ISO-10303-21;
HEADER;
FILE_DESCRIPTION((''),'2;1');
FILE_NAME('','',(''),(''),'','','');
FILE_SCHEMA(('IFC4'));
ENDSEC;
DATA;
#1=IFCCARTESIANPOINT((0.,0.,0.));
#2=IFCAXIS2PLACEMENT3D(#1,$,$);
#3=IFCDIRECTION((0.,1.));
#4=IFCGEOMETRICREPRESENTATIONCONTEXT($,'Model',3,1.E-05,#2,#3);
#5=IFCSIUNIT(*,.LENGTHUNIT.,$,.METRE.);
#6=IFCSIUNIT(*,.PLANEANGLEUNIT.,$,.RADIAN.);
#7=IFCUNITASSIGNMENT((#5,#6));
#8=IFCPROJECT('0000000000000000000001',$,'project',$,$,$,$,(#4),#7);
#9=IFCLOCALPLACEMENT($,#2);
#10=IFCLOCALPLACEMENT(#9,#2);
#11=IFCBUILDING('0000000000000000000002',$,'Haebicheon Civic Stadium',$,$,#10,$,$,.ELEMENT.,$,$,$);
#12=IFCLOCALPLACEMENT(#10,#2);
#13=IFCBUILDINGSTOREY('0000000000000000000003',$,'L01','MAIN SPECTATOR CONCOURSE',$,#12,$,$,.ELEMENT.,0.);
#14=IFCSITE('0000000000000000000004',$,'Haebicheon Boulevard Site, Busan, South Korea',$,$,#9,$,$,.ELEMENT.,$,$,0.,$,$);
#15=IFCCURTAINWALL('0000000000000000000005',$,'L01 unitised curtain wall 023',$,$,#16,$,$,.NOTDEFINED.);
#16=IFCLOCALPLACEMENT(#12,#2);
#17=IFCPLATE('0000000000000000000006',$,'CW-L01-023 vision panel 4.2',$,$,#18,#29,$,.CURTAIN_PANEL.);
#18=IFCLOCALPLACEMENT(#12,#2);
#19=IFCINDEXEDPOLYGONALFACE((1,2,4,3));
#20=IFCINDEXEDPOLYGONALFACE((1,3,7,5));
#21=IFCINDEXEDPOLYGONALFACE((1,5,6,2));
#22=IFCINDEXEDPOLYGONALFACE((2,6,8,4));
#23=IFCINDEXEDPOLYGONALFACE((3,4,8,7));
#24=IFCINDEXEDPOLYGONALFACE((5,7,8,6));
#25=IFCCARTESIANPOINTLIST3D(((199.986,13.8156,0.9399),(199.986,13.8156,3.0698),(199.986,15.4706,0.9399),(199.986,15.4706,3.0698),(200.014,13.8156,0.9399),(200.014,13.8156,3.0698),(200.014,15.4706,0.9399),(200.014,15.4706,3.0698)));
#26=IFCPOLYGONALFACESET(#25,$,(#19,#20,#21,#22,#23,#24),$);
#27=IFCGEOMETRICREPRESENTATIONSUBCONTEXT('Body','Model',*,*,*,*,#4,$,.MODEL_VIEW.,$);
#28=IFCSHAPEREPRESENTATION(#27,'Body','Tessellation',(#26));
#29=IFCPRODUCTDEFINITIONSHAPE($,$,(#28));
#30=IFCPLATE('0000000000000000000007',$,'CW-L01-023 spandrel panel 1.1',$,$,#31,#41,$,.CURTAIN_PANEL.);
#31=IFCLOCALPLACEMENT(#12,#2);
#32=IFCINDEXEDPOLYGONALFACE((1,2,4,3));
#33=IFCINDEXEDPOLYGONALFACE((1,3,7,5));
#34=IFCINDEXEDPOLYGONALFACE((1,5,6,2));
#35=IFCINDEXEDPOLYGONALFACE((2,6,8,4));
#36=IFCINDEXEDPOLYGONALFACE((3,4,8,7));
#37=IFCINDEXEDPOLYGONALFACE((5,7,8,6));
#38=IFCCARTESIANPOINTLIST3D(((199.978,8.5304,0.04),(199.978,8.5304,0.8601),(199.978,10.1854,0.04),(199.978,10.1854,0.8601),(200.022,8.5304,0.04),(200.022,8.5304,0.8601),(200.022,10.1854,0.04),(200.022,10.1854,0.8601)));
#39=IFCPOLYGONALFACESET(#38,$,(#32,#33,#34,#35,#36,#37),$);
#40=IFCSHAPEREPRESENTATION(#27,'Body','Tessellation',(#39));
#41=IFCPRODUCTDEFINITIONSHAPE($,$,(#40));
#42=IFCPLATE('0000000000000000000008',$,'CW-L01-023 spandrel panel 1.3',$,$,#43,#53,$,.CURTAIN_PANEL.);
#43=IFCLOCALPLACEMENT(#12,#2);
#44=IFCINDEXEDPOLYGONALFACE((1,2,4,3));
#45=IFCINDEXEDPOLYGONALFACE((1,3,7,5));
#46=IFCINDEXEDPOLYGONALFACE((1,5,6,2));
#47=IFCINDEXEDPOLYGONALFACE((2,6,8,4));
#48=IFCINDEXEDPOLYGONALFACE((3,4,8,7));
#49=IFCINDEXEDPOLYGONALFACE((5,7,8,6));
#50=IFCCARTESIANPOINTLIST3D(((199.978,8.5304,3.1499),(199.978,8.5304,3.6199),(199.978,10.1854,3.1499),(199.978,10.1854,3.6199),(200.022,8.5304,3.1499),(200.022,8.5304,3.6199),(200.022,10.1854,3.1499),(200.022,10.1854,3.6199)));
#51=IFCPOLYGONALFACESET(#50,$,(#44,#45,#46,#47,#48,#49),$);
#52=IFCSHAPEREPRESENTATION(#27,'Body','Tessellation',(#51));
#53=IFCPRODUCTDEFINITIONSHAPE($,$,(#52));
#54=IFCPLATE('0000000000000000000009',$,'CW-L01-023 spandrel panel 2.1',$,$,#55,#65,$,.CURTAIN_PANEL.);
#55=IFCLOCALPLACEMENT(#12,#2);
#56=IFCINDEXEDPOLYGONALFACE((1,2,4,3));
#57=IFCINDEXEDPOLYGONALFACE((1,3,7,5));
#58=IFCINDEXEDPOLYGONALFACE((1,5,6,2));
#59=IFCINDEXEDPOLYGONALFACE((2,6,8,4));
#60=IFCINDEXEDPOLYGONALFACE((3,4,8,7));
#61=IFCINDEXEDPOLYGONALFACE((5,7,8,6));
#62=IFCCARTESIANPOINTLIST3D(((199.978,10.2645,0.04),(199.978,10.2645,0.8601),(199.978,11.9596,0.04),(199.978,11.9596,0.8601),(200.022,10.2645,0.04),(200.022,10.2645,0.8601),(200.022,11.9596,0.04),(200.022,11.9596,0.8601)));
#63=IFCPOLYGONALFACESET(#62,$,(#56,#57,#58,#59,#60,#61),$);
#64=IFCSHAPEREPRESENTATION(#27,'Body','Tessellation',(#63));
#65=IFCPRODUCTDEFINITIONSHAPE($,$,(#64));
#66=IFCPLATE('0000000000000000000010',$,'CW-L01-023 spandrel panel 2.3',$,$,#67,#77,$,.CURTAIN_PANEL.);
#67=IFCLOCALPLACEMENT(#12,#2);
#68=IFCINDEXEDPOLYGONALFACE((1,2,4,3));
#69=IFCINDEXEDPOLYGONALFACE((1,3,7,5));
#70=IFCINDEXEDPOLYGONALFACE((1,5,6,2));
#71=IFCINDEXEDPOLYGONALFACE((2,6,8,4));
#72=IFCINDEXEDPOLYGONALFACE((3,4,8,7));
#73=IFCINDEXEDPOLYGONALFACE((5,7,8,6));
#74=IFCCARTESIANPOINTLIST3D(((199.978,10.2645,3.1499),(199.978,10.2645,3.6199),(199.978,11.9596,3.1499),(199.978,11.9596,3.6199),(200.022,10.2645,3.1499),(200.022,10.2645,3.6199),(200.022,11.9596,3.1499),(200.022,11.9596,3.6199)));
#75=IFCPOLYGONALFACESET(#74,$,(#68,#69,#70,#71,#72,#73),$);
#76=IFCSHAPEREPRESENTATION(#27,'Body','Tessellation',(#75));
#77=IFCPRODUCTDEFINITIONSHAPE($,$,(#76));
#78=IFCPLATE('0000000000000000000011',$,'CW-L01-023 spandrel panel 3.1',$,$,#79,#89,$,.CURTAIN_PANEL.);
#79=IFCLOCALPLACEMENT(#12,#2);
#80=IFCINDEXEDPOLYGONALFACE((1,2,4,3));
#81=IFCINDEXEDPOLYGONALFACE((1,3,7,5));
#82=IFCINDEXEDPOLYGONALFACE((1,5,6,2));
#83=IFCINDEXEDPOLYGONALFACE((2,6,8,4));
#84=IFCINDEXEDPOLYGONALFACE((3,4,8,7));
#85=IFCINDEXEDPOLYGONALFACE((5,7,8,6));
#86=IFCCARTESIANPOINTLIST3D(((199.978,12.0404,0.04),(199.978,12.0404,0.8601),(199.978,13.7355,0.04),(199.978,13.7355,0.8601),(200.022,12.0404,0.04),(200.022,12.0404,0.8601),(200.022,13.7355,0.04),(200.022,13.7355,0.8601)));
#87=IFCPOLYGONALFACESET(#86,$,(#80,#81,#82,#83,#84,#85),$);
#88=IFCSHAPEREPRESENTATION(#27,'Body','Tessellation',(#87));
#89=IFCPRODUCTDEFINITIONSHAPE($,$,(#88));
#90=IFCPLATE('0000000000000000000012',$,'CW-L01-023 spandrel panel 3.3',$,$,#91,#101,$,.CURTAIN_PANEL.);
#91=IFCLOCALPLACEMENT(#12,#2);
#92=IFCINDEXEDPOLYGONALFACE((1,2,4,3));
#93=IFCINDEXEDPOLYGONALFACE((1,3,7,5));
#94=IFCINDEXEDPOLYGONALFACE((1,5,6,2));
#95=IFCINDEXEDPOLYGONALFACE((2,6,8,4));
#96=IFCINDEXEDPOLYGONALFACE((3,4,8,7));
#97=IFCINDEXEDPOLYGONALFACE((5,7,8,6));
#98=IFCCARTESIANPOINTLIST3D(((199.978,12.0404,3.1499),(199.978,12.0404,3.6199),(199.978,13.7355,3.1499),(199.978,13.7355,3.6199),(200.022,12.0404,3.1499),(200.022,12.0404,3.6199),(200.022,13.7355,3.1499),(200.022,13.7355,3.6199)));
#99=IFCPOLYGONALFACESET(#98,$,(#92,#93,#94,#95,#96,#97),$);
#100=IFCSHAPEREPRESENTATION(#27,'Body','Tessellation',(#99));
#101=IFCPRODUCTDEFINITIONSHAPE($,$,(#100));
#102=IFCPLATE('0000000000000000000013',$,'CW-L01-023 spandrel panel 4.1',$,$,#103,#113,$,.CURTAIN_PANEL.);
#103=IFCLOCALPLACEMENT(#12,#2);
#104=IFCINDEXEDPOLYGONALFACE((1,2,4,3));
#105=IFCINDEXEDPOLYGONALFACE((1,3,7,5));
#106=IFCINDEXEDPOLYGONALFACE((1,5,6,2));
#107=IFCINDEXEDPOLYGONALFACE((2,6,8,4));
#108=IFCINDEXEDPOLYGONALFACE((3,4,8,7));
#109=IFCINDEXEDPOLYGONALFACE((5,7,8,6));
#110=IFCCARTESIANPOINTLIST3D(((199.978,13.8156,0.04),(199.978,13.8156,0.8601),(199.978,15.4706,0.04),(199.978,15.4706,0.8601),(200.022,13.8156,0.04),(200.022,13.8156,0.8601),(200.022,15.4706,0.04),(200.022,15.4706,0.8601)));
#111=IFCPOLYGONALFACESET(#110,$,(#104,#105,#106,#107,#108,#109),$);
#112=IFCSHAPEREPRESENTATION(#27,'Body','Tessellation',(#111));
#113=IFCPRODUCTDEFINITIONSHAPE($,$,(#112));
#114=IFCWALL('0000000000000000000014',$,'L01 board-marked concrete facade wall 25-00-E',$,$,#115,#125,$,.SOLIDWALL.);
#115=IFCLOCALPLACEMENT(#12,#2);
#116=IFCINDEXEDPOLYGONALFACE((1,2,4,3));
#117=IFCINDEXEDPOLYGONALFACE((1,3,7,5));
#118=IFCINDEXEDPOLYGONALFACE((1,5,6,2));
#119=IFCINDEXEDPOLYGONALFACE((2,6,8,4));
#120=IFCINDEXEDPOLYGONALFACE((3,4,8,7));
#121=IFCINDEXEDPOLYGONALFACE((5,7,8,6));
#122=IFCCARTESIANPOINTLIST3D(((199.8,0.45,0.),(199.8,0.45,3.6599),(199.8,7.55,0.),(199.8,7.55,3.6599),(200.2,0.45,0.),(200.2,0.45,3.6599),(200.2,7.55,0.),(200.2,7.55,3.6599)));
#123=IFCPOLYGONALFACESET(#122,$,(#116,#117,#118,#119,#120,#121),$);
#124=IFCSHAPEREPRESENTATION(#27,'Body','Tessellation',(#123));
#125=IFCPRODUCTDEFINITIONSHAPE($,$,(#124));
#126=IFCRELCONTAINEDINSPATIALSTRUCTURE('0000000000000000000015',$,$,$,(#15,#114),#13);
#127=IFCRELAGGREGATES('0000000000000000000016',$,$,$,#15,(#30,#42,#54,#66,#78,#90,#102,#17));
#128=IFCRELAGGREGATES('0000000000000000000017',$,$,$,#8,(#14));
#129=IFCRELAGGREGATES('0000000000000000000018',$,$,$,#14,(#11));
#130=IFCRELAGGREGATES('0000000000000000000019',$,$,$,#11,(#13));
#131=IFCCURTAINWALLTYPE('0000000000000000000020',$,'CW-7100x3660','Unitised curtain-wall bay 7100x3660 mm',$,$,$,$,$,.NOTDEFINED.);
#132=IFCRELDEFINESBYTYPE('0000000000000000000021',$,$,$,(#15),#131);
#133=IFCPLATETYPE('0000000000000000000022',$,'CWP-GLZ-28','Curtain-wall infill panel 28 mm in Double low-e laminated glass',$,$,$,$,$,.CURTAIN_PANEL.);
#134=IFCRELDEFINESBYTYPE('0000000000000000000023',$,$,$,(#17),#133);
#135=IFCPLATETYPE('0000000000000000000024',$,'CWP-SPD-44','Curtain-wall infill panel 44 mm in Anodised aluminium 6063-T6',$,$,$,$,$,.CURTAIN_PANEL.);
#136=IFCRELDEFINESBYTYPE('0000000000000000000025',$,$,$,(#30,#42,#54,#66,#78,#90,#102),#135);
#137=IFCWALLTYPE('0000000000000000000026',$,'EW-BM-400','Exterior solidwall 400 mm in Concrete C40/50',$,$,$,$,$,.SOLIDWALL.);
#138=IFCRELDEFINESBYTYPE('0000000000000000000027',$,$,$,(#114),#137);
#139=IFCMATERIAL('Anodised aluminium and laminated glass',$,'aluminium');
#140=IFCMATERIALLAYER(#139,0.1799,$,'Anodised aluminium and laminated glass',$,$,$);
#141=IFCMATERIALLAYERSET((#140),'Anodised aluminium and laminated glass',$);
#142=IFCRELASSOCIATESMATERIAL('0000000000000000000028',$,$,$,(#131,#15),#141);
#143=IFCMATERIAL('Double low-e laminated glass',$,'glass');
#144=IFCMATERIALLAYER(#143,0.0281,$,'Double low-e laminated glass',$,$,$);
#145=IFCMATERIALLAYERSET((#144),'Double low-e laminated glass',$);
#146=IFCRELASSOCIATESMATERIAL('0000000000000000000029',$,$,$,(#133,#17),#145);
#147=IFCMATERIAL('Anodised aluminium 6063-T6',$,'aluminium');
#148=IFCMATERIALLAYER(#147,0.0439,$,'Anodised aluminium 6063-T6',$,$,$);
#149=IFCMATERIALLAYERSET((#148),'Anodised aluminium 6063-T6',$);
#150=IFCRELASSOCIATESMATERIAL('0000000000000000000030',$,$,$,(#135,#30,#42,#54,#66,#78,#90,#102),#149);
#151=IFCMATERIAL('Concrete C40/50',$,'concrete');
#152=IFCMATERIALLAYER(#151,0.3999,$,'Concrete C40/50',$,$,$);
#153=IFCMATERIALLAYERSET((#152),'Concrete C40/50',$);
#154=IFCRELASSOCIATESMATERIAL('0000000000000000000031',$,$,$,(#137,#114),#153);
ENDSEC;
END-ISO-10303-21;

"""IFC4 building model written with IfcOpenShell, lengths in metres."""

from ifc_helpers import new_model, si_unit, direction, frame, frame_2d, origin, origin_2d, place, context, subcontext, project, spatial, rectangle, extrude, material, layer, layer_set, type_object, element, aggregate, save


model = new_model("IFC4")

# Units and contexts
model_context = context("Model", 3, precision=1e-05, world=origin(), true_north=direction((0.0, 1.0)))
body_context = subcontext(model_context, "Body", "Model", "MODEL_VIEW")
ifc_project = project(units=[si_unit("LENGTHUNIT", "METRE"), si_unit("PLANEANGLEUNIT", "RADIAN")], contexts=[model_context])

# Site, building, storey
site_placement = place(None, origin())
site = spatial("IfcSite", under=ifc_project, at=site_placement, Name="Haebicheon Boulevard Site, Busan, South Korea", CompositionType="ELEMENT", RefElevation=0.0)
building_placement = place(site_placement, origin())
building = spatial("IfcBuilding", under=site, at=building_placement, Name="Haebicheon Civic Stadium", CompositionType="ELEMENT")
storey_placement = place(building_placement, origin())
storey = spatial("IfcBuildingStorey", under=building, at=storey_placement, Name="L01", Description="MAIN SPECTATOR CONCOURSE", CompositionType="ELEMENT", Elevation=0.0)

# Curtain wall
ifc_material_1 = material(Name="Anodised aluminium and laminated glass", Category="aluminium")
ifc_layer_1 = layer(ifc_material_1, 0.1799, Name="Anodised aluminium and laminated glass")
ifc_layer_set_1 = layer_set([ifc_layer_1], Name="Anodised aluminium and laminated glass")
curtain_wall_type = type_object("IfcCurtainWallType", Name="CW-7100x3660", Description="Unitised curtain-wall bay 7100x3660 mm", PredefinedType="NOTDEFINED", material=ifc_layer_set_1)
curtain_wall_placement = place(storey_placement, origin())
curtain_wall = element("IfcCurtainWall", 1, at=curtain_wall_placement, inside=storey, type_object=curtain_wall_type, material=ifc_layer_set_1, Name="L01 unitised curtain wall 023", PredefinedType="NOTDEFINED")

# Plates
ifc_material_2 = material(Name="Double low-e laminated glass", Category="glass")
ifc_layer_2 = layer(ifc_material_2, 0.0281, Name="Double low-e laminated glass")
ifc_layer_set_2 = layer_set([ifc_layer_2], Name="Double low-e laminated glass")
plate_type_1 = type_object("IfcPlateType", Name="CWP-GLZ-28", Description="Curtain-wall infill panel 28 mm in Double low-e laminated glass", PredefinedType="CURTAIN_PANEL", material=ifc_layer_set_2)
plate_1_placement = place(storey_placement, frame((200.0, 14.6431, 0.9399), z_axis=(0.0, 0.0, 1.0), x_axis=(0.0, 1.0, 0.0)))
plate_1 = element("IfcPlate", 2, at=plate_1_placement, type_object=plate_type_1, material=ifc_layer_set_2, Name="CW-L01-023 vision panel 4.2", PredefinedType="CURTAIN_PANEL", context=body_context, shape_type="SweptSolid", body=[
    extrude(rectangle(XDim=1.655, YDim=0.0281, at=origin_2d()), origin(), (0.0, 0.0, 1.0), 2.1299),
])
ifc_material_3 = material(Name="Anodised aluminium 6063-T6", Category="aluminium")
ifc_layer_3 = layer(ifc_material_3, 0.0439, Name="Anodised aluminium 6063-T6")
ifc_layer_set_3 = layer_set([ifc_layer_3], Name="Anodised aluminium 6063-T6")
plate_type_2 = type_object("IfcPlateType", Name="CWP-SPD-44", Description="Curtain-wall infill panel 44 mm in Anodised aluminium 6063-T6", PredefinedType="CURTAIN_PANEL", material=ifc_layer_set_3)
plate_2_placement = place(storey_placement, frame((200.0, 9.3579, 0.04), z_axis=(0.0, 0.0, 1.0), x_axis=(0.0, 1.0, 0.0)))
plate_2 = element("IfcPlate", 3, at=plate_2_placement, type_object=plate_type_2, material=ifc_layer_set_3, Name="CW-L01-023 spandrel panel 1.1", PredefinedType="CURTAIN_PANEL", context=body_context, shape_type="SweptSolid", body=[
    extrude(rectangle(XDim=1.655, YDim=0.0439, at=origin_2d()), origin(), (0.0, 0.0, 1.0), 0.8201),
])
plate_3_placement = place(storey_placement, frame((200.0, 9.3579, 3.1499), z_axis=(0.0, 0.0, 1.0), x_axis=(0.0, 1.0, 0.0)))
plate_3 = element("IfcPlate", 4, at=plate_3_placement, type_object=plate_type_2, material=ifc_layer_set_3, Name="CW-L01-023 spandrel panel 1.3", PredefinedType="CURTAIN_PANEL", context=body_context, shape_type="SweptSolid", body=[
    extrude(rectangle(XDim=1.655, YDim=0.0439, at=origin_2d()), origin(), (0.0, 0.0, 1.0), 0.47),
])
plate_4_placement = place(storey_placement, frame((200.0, 11.1121, 0.04), z_axis=(0.0, 0.0, 1.0), x_axis=(0.0, 1.0, 0.0)))
plate_4 = element("IfcPlate", 5, at=plate_4_placement, type_object=plate_type_2, material=ifc_layer_set_3, Name="CW-L01-023 spandrel panel 2.1", PredefinedType="CURTAIN_PANEL", context=body_context, shape_type="SweptSolid", body=[
    extrude(rectangle(XDim=1.6951, YDim=0.0439, at=origin_2d()), origin(), (0.0, 0.0, 1.0), 0.8201),
])
plate_5_placement = place(storey_placement, frame((200.0, 11.1121, 3.1499), z_axis=(0.0, 0.0, 1.0), x_axis=(0.0, 1.0, 0.0)))
plate_5 = element("IfcPlate", 6, at=plate_5_placement, type_object=plate_type_2, material=ifc_layer_set_3, Name="CW-L01-023 spandrel panel 2.3", PredefinedType="CURTAIN_PANEL", context=body_context, shape_type="SweptSolid", body=[
    extrude(rectangle(XDim=1.6951, YDim=0.0439, at=origin_2d()), origin(), (0.0, 0.0, 1.0), 0.47),
])
plate_6_placement = place(storey_placement, frame((200.0, 12.8879, 0.04), z_axis=(0.0, 0.0, 1.0), x_axis=(0.0, 1.0, 0.0)))
plate_6 = element("IfcPlate", 7, at=plate_6_placement, type_object=plate_type_2, material=ifc_layer_set_3, Name="CW-L01-023 spandrel panel 3.1", PredefinedType="CURTAIN_PANEL", context=body_context, shape_type="SweptSolid", body=[
    extrude(rectangle(XDim=1.6951, YDim=0.0439, at=origin_2d()), origin(), (0.0, 0.0, 1.0), 0.8201),
])
plate_7_placement = place(storey_placement, frame((200.0, 12.8879, 3.1499), z_axis=(0.0, 0.0, 1.0), x_axis=(0.0, 1.0, 0.0)))
plate_7 = element("IfcPlate", 8, at=plate_7_placement, type_object=plate_type_2, material=ifc_layer_set_3, Name="CW-L01-023 spandrel panel 3.3", PredefinedType="CURTAIN_PANEL", context=body_context, shape_type="SweptSolid", body=[
    extrude(rectangle(XDim=1.6951, YDim=0.0439, at=origin_2d()), origin(), (0.0, 0.0, 1.0), 0.47),
])
plate_8_placement = place(storey_placement, frame((200.0, 14.6431, 0.04), z_axis=(0.0, 0.0, 1.0), x_axis=(0.0, 1.0, 0.0)))
plate_8 = element("IfcPlate", 9, at=plate_8_placement, type_object=plate_type_2, material=ifc_layer_set_3, Name="CW-L01-023 spandrel panel 4.1", PredefinedType="CURTAIN_PANEL", context=body_context, shape_type="SweptSolid", body=[
    extrude(rectangle(XDim=1.655, YDim=0.0439, at=origin_2d()), origin(), (0.0, 0.0, 1.0), 0.8201),
])
aggregate(curtain_wall, [plate_2, plate_3, plate_4, plate_5, plate_6, plate_7, plate_8, plate_1])

# Wall
ifc_material_4 = material(Name="Concrete C40/50", Category="concrete")
ifc_layer_4 = layer(ifc_material_4, 0.3999, Name="Concrete C40/50")
ifc_layer_set_4 = layer_set([ifc_layer_4], Name="Concrete C40/50")
wall_type = type_object("IfcWallType", Name="EW-BM-400", Description="Exterior solidwall 400 mm in Concrete C40/50", PredefinedType="SOLIDWALL", material=ifc_layer_set_4)
wall_placement = place(storey_placement, frame((200.0, 0.45, 0.0), z_axis=(0.0, 0.0, 1.0), x_axis=(0.0, 1.0, 0.0)))
element("IfcWall", 10, at=wall_placement, inside=storey, type_object=wall_type, material=ifc_layer_set_4, Name="L01 board-marked concrete facade wall 25-00-E", PredefinedType="SOLIDWALL", context=body_context, shape_type="SweptSolid", body=[
    extrude(rectangle(XDim=7.1001, YDim=0.3999, at=frame_2d((3.55, 0.0))), origin(), (0.0, 0.0, 1.0), 3.6599),
])

save(model, "model.ifc")
